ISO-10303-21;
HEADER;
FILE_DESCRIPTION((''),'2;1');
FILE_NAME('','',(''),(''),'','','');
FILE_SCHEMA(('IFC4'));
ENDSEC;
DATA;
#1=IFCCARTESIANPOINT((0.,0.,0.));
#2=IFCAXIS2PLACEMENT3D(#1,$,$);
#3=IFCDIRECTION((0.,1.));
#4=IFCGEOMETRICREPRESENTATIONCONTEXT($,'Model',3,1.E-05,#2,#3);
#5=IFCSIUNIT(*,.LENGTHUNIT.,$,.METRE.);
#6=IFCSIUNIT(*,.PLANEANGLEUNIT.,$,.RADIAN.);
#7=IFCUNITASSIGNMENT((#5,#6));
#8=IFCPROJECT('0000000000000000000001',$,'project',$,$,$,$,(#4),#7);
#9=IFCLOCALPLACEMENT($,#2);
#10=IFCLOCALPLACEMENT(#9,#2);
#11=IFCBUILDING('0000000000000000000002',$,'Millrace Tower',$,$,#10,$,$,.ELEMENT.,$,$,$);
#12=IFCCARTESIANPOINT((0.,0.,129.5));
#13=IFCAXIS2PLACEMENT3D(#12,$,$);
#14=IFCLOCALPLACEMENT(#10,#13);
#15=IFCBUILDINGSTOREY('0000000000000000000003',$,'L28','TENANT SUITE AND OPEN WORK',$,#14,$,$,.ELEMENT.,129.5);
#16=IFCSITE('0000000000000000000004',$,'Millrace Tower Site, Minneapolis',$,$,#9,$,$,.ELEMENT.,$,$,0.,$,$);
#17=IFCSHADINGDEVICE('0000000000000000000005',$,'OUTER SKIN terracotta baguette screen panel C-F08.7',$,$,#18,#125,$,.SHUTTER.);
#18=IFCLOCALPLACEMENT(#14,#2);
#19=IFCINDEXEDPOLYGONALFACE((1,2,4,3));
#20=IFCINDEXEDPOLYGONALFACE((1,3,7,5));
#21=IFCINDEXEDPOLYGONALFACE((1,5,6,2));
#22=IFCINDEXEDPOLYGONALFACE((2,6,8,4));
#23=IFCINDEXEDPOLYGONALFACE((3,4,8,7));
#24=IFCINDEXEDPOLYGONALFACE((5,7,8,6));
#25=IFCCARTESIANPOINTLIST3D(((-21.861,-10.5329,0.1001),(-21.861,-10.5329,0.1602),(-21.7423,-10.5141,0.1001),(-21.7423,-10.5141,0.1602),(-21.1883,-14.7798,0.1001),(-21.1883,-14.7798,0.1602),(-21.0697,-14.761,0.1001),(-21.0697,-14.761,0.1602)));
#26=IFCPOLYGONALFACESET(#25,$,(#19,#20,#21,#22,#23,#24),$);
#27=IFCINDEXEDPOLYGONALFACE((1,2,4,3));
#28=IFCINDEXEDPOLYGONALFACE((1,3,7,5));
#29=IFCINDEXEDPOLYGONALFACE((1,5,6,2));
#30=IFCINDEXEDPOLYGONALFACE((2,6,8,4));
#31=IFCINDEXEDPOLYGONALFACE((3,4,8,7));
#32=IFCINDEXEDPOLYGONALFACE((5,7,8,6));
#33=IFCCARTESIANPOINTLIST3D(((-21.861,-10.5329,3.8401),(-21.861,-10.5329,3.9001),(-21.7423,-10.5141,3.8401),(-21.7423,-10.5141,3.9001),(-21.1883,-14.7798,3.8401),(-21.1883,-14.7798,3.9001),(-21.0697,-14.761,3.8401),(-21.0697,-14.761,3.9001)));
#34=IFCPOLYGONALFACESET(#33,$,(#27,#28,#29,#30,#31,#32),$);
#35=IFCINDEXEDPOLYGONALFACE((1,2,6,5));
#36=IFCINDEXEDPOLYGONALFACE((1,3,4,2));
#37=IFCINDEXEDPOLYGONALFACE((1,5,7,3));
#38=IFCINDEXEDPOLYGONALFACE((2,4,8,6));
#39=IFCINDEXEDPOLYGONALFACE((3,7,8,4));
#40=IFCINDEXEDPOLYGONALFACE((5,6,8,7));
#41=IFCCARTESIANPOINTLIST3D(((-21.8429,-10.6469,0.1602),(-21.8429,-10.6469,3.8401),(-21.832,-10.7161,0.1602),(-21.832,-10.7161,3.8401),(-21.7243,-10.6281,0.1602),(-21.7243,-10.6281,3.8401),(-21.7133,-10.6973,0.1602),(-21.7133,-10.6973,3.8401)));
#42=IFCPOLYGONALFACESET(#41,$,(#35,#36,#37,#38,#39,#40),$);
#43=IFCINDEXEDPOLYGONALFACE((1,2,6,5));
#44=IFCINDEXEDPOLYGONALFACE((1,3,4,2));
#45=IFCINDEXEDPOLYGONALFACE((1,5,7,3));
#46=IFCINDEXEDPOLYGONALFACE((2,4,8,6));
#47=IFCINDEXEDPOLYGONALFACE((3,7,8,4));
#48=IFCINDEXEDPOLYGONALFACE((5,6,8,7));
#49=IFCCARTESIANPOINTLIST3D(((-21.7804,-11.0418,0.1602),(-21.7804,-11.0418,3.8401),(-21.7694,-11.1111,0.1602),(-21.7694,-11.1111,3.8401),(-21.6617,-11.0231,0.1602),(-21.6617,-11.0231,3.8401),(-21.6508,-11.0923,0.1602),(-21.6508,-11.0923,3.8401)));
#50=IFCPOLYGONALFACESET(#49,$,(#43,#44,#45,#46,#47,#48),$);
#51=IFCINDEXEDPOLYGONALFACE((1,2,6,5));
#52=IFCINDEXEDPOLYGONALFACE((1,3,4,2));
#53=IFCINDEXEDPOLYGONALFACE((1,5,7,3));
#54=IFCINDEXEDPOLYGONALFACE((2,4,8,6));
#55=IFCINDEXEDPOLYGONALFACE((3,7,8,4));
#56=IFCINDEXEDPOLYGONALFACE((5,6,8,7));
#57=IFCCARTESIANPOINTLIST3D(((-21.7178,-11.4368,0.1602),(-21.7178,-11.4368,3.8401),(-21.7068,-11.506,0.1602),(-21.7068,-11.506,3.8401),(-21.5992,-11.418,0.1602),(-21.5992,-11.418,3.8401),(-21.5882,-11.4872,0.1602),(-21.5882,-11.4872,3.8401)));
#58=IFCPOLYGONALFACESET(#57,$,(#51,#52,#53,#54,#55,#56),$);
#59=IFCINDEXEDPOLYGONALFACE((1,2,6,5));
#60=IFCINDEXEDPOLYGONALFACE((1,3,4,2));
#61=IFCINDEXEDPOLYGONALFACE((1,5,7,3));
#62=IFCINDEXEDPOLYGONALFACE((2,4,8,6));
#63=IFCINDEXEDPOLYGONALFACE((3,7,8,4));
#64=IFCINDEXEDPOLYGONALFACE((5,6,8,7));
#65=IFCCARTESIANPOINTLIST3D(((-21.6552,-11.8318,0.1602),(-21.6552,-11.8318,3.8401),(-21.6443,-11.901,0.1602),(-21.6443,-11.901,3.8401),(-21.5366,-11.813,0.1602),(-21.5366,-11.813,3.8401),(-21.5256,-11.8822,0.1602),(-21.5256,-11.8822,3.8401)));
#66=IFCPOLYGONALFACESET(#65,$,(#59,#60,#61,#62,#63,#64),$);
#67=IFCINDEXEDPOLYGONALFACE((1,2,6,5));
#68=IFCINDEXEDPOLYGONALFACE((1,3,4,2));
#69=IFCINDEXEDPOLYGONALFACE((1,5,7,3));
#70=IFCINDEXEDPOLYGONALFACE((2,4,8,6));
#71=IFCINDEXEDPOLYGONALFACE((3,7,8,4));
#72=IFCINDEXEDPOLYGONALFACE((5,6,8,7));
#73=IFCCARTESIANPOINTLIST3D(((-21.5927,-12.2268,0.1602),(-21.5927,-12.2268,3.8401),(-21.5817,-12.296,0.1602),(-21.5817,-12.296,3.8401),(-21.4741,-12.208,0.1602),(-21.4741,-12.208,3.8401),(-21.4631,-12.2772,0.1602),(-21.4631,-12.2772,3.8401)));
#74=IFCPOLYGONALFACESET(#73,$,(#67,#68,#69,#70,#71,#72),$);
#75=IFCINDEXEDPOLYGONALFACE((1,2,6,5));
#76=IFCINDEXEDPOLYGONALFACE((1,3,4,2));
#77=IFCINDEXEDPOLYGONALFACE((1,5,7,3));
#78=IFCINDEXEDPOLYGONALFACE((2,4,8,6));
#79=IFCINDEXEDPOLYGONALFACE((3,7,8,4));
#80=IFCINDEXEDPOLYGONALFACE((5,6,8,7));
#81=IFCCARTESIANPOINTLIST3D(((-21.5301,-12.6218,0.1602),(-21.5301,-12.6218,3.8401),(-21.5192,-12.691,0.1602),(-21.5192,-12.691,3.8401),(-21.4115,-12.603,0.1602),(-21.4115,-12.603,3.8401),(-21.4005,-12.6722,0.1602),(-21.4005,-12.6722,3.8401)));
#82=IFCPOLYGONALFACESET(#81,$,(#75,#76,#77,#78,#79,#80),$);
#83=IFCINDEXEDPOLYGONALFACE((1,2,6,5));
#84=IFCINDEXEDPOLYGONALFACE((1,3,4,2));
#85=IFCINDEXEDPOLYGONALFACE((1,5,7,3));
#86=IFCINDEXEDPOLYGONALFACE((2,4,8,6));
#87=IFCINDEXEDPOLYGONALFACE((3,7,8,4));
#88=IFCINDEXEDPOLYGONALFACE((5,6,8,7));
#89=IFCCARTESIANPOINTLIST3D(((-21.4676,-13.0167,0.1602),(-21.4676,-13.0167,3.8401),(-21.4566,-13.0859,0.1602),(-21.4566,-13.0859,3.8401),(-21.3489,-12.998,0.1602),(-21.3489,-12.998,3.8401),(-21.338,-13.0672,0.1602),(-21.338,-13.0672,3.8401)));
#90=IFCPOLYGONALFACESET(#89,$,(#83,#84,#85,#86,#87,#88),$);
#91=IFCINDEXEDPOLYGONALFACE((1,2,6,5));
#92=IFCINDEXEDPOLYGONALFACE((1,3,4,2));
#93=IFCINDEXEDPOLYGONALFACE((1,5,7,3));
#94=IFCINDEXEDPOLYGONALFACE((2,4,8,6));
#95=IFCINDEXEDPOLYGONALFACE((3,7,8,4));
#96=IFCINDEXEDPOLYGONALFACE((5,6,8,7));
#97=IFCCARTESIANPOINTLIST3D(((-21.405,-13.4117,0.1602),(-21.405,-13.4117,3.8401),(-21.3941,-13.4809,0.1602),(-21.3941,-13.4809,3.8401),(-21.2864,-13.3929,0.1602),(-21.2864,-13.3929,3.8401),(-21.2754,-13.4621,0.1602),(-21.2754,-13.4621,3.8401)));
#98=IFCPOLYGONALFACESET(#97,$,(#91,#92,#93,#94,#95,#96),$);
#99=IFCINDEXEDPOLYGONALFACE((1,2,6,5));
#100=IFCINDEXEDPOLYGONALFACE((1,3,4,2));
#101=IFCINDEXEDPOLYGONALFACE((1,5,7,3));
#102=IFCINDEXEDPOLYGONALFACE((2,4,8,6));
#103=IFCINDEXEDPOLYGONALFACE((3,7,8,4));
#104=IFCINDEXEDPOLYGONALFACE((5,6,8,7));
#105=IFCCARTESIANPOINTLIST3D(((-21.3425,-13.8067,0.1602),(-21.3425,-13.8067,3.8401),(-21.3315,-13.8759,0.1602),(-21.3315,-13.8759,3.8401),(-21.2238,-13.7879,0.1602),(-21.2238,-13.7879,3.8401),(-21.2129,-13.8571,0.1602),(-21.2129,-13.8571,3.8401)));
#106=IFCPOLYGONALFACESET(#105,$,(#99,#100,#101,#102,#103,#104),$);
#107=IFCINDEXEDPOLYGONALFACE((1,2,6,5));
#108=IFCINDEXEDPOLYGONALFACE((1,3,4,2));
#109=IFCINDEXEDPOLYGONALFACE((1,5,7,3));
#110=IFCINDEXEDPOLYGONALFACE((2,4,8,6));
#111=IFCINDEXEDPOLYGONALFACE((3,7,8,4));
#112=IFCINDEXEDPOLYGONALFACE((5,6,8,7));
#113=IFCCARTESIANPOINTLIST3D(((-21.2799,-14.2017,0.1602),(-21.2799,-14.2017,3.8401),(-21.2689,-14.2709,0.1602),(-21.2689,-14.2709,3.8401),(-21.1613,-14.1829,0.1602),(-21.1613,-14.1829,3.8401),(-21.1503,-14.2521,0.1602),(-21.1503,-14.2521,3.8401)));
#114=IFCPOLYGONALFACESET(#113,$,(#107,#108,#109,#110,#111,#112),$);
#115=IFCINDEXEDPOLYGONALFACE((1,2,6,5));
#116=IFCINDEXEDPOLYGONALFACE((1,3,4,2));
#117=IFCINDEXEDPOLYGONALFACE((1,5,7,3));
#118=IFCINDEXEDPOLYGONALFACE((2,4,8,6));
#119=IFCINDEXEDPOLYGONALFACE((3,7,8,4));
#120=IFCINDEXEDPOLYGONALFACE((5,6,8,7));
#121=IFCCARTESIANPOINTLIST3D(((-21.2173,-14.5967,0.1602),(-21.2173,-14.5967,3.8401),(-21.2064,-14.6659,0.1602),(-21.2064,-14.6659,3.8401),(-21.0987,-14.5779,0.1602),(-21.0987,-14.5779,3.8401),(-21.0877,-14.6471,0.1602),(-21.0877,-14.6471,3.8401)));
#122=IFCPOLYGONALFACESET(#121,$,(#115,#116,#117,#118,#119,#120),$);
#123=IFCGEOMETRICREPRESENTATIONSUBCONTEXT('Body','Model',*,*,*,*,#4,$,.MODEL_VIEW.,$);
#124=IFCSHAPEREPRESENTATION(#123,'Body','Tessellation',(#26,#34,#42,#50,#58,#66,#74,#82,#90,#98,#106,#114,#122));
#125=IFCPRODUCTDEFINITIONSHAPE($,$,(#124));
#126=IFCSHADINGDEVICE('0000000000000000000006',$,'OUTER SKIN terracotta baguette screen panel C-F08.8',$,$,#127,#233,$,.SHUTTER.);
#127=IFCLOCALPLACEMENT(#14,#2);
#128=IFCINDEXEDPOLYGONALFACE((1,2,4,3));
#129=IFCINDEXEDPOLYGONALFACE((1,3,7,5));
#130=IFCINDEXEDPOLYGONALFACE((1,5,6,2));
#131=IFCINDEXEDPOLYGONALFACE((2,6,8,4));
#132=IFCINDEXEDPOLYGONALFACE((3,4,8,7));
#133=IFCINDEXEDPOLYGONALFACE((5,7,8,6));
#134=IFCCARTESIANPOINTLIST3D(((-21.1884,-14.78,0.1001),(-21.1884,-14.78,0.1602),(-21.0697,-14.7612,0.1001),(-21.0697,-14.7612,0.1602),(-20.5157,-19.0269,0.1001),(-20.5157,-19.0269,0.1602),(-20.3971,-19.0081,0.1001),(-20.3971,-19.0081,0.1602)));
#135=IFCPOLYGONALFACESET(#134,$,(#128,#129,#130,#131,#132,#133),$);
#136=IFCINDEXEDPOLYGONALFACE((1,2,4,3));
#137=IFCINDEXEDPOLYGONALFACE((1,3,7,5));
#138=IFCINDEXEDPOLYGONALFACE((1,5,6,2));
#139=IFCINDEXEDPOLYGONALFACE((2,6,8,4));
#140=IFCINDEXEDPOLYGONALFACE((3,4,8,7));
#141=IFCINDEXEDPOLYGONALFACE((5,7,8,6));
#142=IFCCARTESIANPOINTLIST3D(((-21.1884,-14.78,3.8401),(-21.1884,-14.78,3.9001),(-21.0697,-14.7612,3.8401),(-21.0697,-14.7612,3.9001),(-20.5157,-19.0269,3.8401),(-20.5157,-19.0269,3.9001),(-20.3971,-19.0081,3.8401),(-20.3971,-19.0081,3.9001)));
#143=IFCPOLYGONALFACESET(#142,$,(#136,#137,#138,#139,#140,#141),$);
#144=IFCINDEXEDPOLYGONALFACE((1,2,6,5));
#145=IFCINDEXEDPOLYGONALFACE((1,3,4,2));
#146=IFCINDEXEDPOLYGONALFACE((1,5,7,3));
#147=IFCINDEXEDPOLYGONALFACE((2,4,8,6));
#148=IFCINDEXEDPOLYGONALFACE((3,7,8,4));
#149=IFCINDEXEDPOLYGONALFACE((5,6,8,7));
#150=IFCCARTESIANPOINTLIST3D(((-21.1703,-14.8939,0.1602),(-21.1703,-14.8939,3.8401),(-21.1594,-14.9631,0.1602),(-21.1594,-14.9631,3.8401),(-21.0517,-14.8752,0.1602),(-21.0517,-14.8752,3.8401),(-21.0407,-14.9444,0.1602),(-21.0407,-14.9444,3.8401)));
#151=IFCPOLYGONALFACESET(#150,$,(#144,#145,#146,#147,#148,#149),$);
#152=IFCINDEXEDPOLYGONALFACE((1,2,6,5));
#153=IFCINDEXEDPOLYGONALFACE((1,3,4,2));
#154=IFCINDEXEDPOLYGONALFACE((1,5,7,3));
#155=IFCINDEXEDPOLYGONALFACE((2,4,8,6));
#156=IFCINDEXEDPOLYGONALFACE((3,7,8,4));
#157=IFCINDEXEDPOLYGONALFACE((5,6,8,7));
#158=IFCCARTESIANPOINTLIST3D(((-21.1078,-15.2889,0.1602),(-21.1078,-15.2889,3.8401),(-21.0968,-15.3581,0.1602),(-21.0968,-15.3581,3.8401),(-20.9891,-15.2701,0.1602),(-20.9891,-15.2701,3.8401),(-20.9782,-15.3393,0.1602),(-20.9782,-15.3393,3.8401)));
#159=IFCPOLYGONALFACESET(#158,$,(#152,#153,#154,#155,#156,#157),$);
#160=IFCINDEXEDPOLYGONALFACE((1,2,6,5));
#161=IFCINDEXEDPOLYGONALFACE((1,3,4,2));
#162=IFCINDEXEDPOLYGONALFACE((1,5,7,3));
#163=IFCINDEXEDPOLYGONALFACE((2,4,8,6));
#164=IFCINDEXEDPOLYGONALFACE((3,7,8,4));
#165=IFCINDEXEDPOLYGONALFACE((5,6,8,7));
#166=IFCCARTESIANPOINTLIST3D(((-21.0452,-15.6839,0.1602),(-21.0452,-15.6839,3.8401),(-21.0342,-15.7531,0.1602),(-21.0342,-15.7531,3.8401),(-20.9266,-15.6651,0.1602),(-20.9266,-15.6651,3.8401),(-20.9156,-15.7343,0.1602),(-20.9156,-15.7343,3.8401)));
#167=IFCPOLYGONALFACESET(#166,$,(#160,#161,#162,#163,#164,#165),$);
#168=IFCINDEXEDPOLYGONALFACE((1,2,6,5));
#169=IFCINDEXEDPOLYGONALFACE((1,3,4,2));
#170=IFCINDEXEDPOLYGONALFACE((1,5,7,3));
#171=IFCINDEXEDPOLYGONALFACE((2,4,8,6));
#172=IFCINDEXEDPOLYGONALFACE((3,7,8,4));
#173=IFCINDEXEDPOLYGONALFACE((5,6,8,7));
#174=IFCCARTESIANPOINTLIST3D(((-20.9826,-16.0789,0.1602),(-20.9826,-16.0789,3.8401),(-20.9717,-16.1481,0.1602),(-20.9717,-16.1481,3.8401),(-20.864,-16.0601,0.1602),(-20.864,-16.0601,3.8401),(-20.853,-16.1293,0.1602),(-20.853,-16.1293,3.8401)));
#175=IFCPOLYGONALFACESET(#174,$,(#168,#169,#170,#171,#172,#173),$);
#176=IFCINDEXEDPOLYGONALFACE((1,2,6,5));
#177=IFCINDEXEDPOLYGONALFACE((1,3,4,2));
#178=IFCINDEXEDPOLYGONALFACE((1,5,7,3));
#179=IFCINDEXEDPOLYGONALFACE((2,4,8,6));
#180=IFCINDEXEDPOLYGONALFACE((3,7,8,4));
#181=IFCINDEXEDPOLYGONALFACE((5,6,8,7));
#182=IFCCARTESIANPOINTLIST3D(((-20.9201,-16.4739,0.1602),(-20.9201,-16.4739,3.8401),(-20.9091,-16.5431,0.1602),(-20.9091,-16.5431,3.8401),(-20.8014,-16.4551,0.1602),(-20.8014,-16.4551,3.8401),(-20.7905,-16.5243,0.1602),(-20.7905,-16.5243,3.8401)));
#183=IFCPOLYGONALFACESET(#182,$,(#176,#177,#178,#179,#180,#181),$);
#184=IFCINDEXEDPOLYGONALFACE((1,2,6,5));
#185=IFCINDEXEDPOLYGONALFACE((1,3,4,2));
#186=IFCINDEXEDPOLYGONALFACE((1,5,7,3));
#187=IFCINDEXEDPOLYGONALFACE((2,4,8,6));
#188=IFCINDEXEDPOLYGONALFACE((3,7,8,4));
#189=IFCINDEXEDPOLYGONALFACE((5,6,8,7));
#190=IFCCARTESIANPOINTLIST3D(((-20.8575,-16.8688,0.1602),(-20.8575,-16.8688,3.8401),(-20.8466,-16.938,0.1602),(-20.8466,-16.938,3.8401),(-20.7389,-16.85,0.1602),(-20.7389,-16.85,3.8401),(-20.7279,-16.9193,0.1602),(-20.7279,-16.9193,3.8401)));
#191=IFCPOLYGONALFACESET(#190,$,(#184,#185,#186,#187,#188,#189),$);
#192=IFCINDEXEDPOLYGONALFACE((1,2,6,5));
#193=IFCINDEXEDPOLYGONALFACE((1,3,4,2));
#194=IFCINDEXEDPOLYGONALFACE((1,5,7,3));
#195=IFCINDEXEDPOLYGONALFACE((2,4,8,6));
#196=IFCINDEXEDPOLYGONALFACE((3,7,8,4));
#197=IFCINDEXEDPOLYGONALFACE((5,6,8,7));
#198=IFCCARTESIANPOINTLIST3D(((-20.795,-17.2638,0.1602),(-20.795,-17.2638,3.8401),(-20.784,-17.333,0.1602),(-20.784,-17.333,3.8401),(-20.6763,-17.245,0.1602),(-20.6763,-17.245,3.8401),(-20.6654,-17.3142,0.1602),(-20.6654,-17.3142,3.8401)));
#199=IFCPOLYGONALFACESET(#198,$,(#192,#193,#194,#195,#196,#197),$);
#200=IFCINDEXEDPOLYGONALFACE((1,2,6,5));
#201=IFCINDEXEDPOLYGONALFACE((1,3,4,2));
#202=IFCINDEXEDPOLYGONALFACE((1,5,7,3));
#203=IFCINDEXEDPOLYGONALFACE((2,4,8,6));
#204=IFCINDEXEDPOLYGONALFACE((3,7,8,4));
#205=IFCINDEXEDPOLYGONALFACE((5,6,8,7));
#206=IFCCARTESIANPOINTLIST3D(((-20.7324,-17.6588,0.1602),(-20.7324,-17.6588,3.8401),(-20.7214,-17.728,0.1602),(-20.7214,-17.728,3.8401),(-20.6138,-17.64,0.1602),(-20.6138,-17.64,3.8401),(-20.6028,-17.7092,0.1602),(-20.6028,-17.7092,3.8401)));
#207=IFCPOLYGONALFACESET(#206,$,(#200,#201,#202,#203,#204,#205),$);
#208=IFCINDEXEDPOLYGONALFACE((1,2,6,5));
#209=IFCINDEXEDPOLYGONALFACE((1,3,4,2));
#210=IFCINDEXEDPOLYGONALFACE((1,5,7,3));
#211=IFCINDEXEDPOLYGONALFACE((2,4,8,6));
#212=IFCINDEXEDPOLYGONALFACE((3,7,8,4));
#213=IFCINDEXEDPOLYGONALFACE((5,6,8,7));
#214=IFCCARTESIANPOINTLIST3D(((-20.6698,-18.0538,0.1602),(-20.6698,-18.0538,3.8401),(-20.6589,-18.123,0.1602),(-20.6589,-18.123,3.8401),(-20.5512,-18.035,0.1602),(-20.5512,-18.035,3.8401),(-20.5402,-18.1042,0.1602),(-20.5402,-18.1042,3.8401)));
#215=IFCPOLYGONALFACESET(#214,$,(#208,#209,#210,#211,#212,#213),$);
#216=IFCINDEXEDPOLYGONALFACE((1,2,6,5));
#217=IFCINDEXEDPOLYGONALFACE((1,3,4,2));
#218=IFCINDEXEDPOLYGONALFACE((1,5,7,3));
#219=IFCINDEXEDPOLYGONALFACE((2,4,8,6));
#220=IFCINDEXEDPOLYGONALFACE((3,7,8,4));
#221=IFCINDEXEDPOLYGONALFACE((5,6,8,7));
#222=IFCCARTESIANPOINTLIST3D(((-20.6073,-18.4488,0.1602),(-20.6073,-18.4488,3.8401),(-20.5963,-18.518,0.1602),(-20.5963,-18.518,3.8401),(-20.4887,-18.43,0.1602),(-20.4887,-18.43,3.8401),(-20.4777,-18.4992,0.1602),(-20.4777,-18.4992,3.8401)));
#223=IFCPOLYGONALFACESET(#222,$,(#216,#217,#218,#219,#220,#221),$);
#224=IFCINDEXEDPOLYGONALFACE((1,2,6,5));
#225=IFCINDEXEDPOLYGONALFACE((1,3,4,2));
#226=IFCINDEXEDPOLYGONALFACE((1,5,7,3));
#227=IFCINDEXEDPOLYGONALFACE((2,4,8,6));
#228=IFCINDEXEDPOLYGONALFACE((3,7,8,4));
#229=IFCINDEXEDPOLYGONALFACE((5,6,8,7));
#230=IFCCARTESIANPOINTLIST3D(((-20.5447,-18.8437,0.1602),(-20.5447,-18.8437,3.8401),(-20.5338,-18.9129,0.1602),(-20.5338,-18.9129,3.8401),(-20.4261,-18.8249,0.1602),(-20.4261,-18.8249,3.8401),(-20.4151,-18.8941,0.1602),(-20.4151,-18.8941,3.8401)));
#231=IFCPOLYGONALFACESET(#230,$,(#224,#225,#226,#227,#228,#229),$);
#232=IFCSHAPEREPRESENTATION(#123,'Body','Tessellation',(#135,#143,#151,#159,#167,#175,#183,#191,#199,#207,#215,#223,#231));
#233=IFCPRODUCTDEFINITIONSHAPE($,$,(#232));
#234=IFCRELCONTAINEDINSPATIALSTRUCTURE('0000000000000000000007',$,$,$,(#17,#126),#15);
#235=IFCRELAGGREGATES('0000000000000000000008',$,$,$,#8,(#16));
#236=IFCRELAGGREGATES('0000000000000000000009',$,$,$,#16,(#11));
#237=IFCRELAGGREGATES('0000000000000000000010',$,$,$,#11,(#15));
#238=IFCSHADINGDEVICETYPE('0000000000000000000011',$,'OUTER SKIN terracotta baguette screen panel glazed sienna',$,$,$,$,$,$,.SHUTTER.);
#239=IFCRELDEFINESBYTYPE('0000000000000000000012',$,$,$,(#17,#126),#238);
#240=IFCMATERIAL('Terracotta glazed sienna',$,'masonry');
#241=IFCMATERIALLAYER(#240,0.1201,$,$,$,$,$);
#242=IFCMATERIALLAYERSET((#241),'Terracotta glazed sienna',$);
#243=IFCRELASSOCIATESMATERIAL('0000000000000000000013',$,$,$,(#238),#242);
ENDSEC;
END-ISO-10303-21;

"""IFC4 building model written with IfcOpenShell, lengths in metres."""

from ifc_helpers import new_model, entity, si_unit, direction, frame, frame_2d, origin, origin_2d, place, context, subcontext, project, spatial, rectangle, extrude, source, transform, mapped, material, layer, layer_set, type_object, element, save


model = new_model("IFC4")

# Units and contexts
model_context = context("Model", 3, precision=1e-05, world=origin(), true_north=direction((0.0, 1.0)))
body_context = subcontext(model_context, "Body", "Model", "MODEL_VIEW")
ifc_project = project(units=[si_unit("LENGTHUNIT", "METRE"), si_unit("PLANEANGLEUNIT", "RADIAN")], contexts=[model_context])

# Site, building, storey
site_placement = place(None, origin())
site = spatial("IfcSite", under=ifc_project, at=site_placement, Name="Millrace Tower Site, Minneapolis", CompositionType="ELEMENT", RefElevation=0.0)
building_placement = place(site_placement, origin())
building = spatial("IfcBuilding", under=site, at=building_placement, Name="Millrace Tower", CompositionType="ELEMENT")
storey_placement = place(building_placement, frame((0.0, 0.0, 129.5)))
storey = spatial("IfcBuildingStorey", under=building, at=storey_placement, Name="L28", Description="TENANT SUITE AND OPEN WORK", CompositionType="ELEMENT", Elevation=129.5)

# Shading devices
ifc_material_1 = material(Name="Terracotta glazed sienna", Category="masonry")
ifc_layer_1 = layer(ifc_material_1, 0.1201)
ifc_layer_set_1 = layer_set([ifc_layer_1], Name="Terracotta glazed sienna")
shading_device_type = type_object("IfcShadingDeviceType", Name="OUTER SKIN terracotta baguette screen panel glazed sienna", PredefinedType="SHUTTER", material=ifc_layer_set_1)
cartesian_point_1 = entity("IfcCartesianPoint", [-2.1499, 0.0601])
shared_polyline_1 = entity("IfcPolyline", [cartesian_point_1, entity("IfcCartesianPoint", [2.1499, 0.0601]), entity("IfcCartesianPoint", [2.1499, -0.0601]), entity("IfcCartesianPoint", [-2.1499, -0.0601]), cartesian_point_1])
shared_shape_1 = source(origin(), body_context, "Body", "SweptSolid", [
    entity("IfcExtrudedAreaSolid", entity("IfcArbitraryClosedProfileDef", "AREA", None, shared_polyline_1), entity("IfcAxis2Placement3D", entity("IfcCartesianPoint", [0.0, 0.0, 0.0])), entity("IfcDirection", [0.0, 0.0, 1.0]), 0.0601),
    entity("IfcExtrudedAreaSolid", entity("IfcArbitraryClosedProfileDef", "AREA", None, shared_polyline_1), entity("IfcAxis2Placement3D", entity("IfcCartesianPoint", [0.0, 0.0, 3.74])), entity("IfcDirection", [0.0, 0.0, 1.0]), 0.0601),
    extrude(rectangle(XDim=0.0701, YDim=0.1201, at=frame_2d((-1.9995, 0.0))), frame((0.0, 0.0, 0.0601)), (0.0, 0.0, 1.0), 3.6799),
    extrude(rectangle(XDim=0.0701, YDim=0.1201, at=frame_2d((-1.5996, 0.0))), frame((0.0, 0.0, 0.0601)), (0.0, 0.0, 1.0), 3.6799),
    extrude(rectangle(XDim=0.0701, YDim=0.1201, at=frame_2d((-1.1997, 0.0))), frame((0.0, 0.0, 0.0601)), (0.0, 0.0, 1.0), 3.6799),
    extrude(rectangle(XDim=0.0701, YDim=0.1201, at=frame_2d((-0.7998, 0.0))), frame((0.0, 0.0, 0.0601)), (0.0, 0.0, 1.0), 3.6799),
    extrude(rectangle(XDim=0.0701, YDim=0.1201, at=frame_2d((-0.3999, 0.0))), frame((0.0, 0.0, 0.0601)), (0.0, 0.0, 1.0), 3.6799),
    extrude(rectangle(XDim=0.0701, YDim=0.1201, at=origin_2d()), frame((0.0, 0.0, 0.0601)), (0.0, 0.0, 1.0), 3.6799),
    extrude(rectangle(XDim=0.0701, YDim=0.1201, at=frame_2d((0.3999, 0.0))), frame((0.0, 0.0, 0.0601)), (0.0, 0.0, 1.0), 3.6799),
    extrude(rectangle(XDim=0.0701, YDim=0.1201, at=frame_2d((0.7998, 0.0))), frame((0.0, 0.0, 0.0601)), (0.0, 0.0, 1.0), 3.6799),
    extrude(rectangle(XDim=0.0701, YDim=0.1201, at=frame_2d((1.1997, 0.0))), frame((0.0, 0.0, 0.0601)), (0.0, 0.0, 1.0), 3.6799),
    extrude(rectangle(XDim=0.0701, YDim=0.1201, at=frame_2d((1.5996, 0.0))), frame((0.0, 0.0, 0.0601)), (0.0, 0.0, 1.0), 3.6799),
    extrude(rectangle(XDim=0.0701, YDim=0.1201, at=frame_2d((1.9995, 0.0))), frame((0.0, 0.0, 0.0601)), (0.0, 0.0, 1.0), 3.6799),
])
for number, where, z_axis, x_axis, name in (
    (1, (-21.4653, -12.647, 0.1001), (0.0, 0.0, 1.0), (0.156434, -0.987688, 0.0), "OUTER SKIN terracotta baguette screen panel C-F08.7"),
    (2, (-20.7927, -16.894, 0.1001), (0.0, 0.0, 1.0), (0.156434, -0.987688, 0.0), "OUTER SKIN terracotta baguette screen panel C-F08.8"),
):
    element("IfcShadingDevice", number, at=place(storey_placement, frame(where, z_axis=z_axis, x_axis=x_axis)), inside=storey, type_object=shading_device_type, Name=name, PredefinedType="SHUTTER", context=body_context, shape_type="MappedRepresentation", body=[
        mapped(shared_shape_1, transform((0.0, 0.0, 0.0), scale=1.0)),
    ])

save(model, "model.ifc")
